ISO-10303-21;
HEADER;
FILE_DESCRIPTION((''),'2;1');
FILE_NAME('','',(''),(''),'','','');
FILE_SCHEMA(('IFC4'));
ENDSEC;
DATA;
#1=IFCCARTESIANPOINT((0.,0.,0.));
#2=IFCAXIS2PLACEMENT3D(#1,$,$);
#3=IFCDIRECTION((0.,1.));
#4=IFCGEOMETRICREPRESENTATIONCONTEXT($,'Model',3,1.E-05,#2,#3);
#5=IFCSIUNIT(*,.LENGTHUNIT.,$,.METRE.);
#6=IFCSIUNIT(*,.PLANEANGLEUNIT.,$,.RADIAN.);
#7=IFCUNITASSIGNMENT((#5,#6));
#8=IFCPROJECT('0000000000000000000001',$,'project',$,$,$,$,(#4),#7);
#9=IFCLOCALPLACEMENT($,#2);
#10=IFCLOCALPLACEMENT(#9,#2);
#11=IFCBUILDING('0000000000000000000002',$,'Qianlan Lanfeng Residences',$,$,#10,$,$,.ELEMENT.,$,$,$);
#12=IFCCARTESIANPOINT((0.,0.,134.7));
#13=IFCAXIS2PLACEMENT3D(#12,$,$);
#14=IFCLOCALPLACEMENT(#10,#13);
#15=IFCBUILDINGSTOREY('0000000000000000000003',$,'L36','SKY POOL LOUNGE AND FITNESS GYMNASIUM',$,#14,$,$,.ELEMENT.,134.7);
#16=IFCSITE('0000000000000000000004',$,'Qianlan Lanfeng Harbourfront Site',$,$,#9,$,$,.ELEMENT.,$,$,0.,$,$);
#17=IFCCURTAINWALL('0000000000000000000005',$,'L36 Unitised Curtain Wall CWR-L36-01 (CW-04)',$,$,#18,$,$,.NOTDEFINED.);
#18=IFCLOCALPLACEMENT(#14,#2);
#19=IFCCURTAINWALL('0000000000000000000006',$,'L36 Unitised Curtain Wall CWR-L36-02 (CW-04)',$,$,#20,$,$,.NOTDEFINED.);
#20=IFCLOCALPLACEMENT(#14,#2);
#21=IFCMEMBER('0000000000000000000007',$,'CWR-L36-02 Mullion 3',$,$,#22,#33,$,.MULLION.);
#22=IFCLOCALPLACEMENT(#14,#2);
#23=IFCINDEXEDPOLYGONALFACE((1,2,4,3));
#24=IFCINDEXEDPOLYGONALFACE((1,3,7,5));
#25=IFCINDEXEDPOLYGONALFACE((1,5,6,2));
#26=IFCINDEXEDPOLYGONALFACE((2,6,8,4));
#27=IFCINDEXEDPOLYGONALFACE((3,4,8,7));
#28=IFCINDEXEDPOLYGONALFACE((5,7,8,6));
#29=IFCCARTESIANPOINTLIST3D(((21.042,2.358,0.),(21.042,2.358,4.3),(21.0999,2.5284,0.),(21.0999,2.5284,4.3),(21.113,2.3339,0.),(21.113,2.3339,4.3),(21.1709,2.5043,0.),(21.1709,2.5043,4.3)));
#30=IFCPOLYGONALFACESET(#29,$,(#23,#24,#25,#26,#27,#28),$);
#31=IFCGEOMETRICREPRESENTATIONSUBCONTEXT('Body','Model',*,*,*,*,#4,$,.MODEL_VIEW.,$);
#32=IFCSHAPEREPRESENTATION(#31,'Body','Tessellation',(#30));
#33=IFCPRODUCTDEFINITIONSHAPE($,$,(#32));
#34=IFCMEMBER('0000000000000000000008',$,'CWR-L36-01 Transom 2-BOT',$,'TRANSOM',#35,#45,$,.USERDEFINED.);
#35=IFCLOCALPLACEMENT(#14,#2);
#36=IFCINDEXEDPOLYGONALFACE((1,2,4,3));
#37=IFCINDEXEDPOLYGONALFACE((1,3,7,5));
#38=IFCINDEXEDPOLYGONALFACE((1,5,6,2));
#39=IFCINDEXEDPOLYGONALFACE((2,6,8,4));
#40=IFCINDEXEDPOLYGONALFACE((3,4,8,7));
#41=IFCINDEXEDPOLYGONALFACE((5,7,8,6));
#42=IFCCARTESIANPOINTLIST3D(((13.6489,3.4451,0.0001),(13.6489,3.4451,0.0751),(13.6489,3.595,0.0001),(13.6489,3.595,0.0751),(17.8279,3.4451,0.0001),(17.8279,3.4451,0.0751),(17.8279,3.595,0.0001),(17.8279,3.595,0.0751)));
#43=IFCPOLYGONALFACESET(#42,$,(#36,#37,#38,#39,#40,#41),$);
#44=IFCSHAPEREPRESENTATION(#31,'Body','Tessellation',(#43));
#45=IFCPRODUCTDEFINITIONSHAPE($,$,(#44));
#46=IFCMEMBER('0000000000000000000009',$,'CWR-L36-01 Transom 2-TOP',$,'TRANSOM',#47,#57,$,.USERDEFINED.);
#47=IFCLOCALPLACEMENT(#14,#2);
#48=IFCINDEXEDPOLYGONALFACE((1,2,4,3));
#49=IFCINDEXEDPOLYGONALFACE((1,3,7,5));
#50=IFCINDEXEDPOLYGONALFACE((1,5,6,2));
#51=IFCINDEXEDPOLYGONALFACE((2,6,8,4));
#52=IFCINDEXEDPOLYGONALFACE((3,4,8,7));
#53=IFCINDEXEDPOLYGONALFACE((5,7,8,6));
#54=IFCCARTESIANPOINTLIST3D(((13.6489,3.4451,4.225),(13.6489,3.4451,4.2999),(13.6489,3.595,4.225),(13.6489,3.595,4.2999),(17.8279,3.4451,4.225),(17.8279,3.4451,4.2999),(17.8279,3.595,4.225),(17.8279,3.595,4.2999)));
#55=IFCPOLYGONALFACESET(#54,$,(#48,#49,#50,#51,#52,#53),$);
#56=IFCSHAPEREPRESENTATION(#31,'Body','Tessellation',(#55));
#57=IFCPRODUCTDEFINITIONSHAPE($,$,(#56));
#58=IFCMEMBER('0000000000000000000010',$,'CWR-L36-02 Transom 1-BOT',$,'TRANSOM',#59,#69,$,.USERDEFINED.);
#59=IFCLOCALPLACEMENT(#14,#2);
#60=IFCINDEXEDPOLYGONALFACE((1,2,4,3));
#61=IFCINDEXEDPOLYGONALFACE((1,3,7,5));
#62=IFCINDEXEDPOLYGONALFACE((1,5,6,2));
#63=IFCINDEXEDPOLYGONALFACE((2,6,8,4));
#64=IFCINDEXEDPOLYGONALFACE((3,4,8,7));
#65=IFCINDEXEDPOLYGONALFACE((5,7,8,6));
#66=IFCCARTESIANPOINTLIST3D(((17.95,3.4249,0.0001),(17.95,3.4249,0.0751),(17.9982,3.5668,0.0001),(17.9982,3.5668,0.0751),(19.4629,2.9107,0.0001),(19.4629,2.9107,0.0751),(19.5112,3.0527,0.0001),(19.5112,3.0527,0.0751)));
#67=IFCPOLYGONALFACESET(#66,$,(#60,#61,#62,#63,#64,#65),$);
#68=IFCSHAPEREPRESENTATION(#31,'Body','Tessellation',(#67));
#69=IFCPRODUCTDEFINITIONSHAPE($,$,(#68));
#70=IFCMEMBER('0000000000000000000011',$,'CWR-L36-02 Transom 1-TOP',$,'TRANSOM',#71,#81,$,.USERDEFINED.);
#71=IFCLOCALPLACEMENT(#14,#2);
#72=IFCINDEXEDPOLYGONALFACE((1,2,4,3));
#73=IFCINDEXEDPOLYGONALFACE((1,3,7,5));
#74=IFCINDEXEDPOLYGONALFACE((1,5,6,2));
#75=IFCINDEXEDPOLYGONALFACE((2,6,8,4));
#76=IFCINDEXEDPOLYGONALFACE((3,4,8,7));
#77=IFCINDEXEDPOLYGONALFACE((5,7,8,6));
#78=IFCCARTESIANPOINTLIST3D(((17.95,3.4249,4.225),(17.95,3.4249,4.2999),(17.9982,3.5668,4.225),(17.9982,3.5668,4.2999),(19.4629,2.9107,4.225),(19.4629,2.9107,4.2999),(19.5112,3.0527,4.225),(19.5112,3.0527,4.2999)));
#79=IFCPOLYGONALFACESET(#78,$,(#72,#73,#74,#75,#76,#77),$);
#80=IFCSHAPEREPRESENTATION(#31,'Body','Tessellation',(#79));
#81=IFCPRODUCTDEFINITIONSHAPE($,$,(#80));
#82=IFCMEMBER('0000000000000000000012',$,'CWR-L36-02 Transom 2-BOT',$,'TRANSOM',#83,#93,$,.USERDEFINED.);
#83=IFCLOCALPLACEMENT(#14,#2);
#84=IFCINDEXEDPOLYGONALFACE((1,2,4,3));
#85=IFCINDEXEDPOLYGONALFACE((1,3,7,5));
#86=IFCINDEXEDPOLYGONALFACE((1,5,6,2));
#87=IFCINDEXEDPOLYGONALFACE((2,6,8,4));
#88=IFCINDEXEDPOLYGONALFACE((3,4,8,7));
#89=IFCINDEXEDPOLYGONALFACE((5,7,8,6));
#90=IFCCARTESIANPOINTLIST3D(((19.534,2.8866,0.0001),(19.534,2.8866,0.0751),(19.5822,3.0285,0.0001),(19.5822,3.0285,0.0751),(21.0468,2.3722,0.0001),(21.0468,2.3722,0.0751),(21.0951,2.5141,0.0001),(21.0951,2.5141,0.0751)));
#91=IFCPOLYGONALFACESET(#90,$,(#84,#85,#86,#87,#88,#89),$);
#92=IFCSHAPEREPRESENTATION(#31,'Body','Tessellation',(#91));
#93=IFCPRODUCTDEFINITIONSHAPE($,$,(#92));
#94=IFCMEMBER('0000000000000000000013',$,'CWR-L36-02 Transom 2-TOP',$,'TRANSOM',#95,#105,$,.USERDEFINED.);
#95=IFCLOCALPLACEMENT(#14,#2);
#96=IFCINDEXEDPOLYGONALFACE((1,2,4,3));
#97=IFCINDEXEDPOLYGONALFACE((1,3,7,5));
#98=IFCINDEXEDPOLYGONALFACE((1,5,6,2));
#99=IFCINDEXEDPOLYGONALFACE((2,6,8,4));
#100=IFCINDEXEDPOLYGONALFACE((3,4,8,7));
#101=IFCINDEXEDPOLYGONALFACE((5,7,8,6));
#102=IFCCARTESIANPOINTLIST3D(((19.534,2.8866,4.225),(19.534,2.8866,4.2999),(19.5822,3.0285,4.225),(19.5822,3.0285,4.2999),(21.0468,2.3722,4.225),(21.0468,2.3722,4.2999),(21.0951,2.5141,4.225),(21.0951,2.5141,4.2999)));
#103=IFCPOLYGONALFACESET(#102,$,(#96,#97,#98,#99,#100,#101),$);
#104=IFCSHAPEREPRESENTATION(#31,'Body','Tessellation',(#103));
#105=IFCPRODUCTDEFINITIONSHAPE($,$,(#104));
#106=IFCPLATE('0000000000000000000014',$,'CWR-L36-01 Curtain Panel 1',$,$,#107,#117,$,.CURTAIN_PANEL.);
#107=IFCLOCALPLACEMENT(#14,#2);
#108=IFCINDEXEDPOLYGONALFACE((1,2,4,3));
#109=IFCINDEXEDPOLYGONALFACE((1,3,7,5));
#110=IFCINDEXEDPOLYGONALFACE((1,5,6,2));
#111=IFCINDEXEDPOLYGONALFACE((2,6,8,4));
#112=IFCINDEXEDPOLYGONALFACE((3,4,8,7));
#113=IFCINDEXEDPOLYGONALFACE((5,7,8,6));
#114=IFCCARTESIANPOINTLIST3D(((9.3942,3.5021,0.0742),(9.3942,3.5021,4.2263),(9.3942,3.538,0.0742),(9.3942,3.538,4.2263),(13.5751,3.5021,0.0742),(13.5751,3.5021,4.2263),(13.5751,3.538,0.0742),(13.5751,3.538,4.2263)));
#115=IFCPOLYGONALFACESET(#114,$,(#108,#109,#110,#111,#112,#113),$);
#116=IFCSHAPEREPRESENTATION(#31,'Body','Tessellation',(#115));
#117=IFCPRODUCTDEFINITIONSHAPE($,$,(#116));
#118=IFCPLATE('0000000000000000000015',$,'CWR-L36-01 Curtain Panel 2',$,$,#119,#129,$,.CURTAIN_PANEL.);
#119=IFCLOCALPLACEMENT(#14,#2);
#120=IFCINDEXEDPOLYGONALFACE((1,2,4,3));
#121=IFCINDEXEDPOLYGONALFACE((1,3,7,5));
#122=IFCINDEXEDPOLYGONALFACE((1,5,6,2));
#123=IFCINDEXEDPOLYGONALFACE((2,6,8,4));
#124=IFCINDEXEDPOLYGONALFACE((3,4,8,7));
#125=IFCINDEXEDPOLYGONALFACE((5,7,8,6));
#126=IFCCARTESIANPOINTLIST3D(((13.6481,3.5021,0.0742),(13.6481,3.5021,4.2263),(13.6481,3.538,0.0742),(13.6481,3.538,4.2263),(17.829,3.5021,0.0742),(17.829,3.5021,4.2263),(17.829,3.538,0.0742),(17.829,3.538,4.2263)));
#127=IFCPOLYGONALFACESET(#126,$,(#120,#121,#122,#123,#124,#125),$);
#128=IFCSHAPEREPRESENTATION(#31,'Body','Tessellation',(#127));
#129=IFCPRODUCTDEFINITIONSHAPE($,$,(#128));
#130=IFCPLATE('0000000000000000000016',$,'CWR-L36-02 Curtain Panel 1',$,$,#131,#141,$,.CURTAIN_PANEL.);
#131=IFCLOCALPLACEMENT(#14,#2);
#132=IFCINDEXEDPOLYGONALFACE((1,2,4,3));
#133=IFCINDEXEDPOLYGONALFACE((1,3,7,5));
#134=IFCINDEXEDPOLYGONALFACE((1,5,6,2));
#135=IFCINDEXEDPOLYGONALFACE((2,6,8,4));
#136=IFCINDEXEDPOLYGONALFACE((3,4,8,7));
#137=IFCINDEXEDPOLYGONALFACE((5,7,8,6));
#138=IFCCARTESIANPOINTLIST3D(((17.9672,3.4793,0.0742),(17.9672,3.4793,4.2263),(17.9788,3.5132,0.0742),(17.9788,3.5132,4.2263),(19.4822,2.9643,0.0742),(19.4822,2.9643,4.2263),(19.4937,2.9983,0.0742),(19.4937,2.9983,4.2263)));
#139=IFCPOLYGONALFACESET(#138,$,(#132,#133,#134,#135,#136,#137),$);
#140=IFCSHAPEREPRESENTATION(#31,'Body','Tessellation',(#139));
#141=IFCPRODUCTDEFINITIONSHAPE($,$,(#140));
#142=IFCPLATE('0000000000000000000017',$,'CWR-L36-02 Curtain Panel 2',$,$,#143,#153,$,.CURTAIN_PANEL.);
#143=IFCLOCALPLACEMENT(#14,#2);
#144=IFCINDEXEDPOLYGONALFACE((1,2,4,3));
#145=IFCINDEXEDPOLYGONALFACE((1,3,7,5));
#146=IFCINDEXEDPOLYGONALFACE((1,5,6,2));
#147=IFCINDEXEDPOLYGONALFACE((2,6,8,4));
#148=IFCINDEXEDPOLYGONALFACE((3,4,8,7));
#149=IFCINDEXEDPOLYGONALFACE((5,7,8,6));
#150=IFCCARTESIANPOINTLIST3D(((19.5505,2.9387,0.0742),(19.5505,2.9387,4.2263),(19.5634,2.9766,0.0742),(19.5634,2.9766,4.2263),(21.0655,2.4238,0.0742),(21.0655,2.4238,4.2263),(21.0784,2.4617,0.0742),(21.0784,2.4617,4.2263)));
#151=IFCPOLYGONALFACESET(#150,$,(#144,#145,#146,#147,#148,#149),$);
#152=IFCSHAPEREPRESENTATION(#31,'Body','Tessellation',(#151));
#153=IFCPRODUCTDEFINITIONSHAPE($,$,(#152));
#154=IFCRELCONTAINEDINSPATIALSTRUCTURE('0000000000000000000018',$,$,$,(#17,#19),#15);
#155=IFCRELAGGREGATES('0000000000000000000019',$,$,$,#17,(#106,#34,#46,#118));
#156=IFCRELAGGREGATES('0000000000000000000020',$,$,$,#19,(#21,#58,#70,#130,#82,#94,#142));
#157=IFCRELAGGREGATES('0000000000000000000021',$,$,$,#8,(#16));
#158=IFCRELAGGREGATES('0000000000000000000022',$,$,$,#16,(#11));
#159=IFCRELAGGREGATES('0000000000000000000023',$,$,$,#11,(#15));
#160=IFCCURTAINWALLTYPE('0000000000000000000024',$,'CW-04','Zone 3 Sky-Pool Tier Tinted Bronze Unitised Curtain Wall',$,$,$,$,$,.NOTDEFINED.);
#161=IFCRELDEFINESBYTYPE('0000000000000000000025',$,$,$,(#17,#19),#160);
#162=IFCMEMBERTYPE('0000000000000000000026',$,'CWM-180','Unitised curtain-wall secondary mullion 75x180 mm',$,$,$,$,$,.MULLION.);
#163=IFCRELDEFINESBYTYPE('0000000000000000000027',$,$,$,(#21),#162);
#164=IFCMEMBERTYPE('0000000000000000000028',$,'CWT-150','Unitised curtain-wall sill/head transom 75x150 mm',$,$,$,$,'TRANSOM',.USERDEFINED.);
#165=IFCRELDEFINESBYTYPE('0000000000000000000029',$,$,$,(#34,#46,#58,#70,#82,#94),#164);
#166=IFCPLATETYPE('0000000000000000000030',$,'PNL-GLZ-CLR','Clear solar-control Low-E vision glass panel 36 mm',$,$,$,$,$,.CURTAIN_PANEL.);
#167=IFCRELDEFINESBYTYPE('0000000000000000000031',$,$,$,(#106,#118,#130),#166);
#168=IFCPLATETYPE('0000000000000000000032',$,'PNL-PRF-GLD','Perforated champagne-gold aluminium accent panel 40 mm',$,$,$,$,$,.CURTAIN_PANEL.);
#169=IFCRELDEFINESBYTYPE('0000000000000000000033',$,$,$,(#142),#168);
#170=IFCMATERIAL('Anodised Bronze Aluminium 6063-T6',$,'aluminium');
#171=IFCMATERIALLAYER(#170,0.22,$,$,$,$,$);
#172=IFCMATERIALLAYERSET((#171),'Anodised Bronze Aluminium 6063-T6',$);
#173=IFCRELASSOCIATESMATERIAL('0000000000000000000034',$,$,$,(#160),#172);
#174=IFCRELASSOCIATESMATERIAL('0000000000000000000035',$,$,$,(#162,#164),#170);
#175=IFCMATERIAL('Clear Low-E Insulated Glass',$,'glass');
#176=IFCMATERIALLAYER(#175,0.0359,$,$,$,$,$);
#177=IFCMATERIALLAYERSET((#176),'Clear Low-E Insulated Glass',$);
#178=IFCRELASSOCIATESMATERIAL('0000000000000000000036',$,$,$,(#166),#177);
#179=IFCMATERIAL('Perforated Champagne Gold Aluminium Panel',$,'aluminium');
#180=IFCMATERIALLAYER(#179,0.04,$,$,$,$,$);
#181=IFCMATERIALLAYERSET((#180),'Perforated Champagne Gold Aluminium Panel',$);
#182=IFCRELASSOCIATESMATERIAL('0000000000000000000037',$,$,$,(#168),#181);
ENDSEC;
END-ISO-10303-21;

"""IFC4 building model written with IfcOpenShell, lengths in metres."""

from ifc_helpers import new_model, si_unit, direction, frame, origin, origin_2d, place, context, subcontext, project, spatial, rectangle, extrude, source, transform, mapped, material, layer, layer_set, material_profile, profile_set, type_object, element, aggregate, save


model = new_model("IFC4")

# Units and contexts
model_context = context("Model", 3, precision=1e-05, world=origin(), true_north=direction((0.0, 1.0)))
body_context = subcontext(model_context, "Body", "Model", "MODEL_VIEW")
ifc_project = project(units=[si_unit("LENGTHUNIT", "METRE"), si_unit("PLANEANGLEUNIT", "RADIAN")], contexts=[model_context])

# Site, building, storey
site_placement = place(None, origin())
site = spatial("IfcSite", under=ifc_project, at=site_placement, Name="Qianlan Lanfeng Harbourfront Site", CompositionType="ELEMENT", RefElevation=0.0)
building_placement = place(site_placement, origin())
building = spatial("IfcBuilding", under=site, at=building_placement, Name="Qianlan Lanfeng Residences", CompositionType="ELEMENT")
storey_placement = place(building_placement, frame((0.0, 0.0, 134.7)))
storey = spatial("IfcBuildingStorey", under=building, at=storey_placement, Name="L36", Description="SKY POOL LOUNGE AND FITNESS GYMNASIUM", CompositionType="ELEMENT", Elevation=134.7)

# Curtain walls, member
ifc_material_1 = material(Name="Anodised Bronze Aluminium 6063-T6", Category="aluminium")
ifc_layer_1 = layer(ifc_material_1, 0.22)
ifc_layer_set_1 = layer_set([ifc_layer_1], Name="Anodised Bronze Aluminium 6063-T6")
curtain_wall_type = type_object("IfcCurtainWallType", Name="CW-04", Description="Zone 3 Sky-Pool Tier Tinted Bronze Unitised Curtain Wall", PredefinedType="NOTDEFINED", material=ifc_layer_set_1)
curtain_wall_1_placement = place(storey_placement, origin())
curtain_wall_1 = element("IfcCurtainWall", 1, at=curtain_wall_1_placement, inside=storey, type_object=curtain_wall_type, Name="L36 Unitised Curtain Wall CWR-L36-01 (CW-04)", PredefinedType="NOTDEFINED")
ifc_material_profile_1 = material_profile(ifc_material_1, rectangle(XDim=0.075, YDim=0.1799, at=origin_2d()), Name="ALU MULLION 75x180")
ifc_profile_set_1 = profile_set([ifc_material_profile_1], Name="Anodised Bronze Aluminium 6063-T6")
member_type_1 = type_object("IfcMemberType", Name="CWM-180", Description="Unitised curtain-wall secondary mullion 75x180 mm", PredefinedType="MULLION", material=ifc_profile_set_1)
shared_shape_1 = source(origin(), body_context, "Body", "SweptSolid", [
    extrude(rectangle(XDim=0.075, YDim=0.1799, at=origin_2d()), origin(), (0.0, 0.0, 1.0), 4.3),
])
curtain_wall_2_placement = place(storey_placement, origin())
curtain_wall_2 = element("IfcCurtainWall", 2, at=curtain_wall_2_placement, inside=storey, type_object=curtain_wall_type, Name="L36 Unitised Curtain Wall CWR-L36-02 (CW-04)", PredefinedType="NOTDEFINED")
member_1_placement = place(storey_placement, frame((21.1064, 2.4312, 0.0), z_axis=(0.0, 0.0, 1.0), x_axis=(0.946796, -0.321834, 0.0)))
member_1 = element("IfcMember", 3, at=member_1_placement, type_object=member_type_1, Name="CWR-L36-02 Mullion 3", PredefinedType="MULLION", context=body_context, shape_type="MappedRepresentation", body=[
    mapped(shared_shape_1, transform((0.0, 0.0, 0.0), scale=1.0)),
])

# Members
ifc_material_profile_2 = material_profile(ifc_material_1, rectangle(XDim=0.075, YDim=0.1499, at=origin_2d()), Name="ALU TRANSOM 75x150")
ifc_profile_set_2 = profile_set([ifc_material_profile_2], Name="Anodised Bronze Aluminium 6063-T6")
member_type_2 = type_object("IfcMemberType", Name="CWT-150", Description="Unitised curtain-wall sill/head transom 75x150 mm", ElementType="TRANSOM", PredefinedType="USERDEFINED", material=ifc_profile_set_2)
shared_shape_2 = source(origin(), body_context, "Body", "SweptSolid", [
    extrude(rectangle(XDim=0.075, YDim=0.1499, at=origin_2d()), origin(), (0.0, 0.0, 1.0), 4.179),
])
member_2_placement = place(storey_placement, frame((13.6489, 3.52, 0.0376), z_axis=(1.0, 0.0, 0.0), x_axis=(0.0, 0.0, 1.0)))
member_2 = element("IfcMember", 4, at=member_2_placement, type_object=member_type_2, Name="CWR-L36-01 Transom 2-BOT", ObjectType="TRANSOM", PredefinedType="USERDEFINED", context=body_context, shape_type="MappedRepresentation", body=[
    mapped(shared_shape_2, transform((0.0, 0.0, 0.0), scale=1.0)),
])
member_3_placement = place(storey_placement, frame((13.6489, 3.52, 4.2625), z_axis=(1.0, 0.0, 0.0), x_axis=(0.0, 0.0, 1.0)))
member_3 = element("IfcMember", 5, at=member_3_placement, type_object=member_type_2, Name="CWR-L36-01 Transom 2-TOP", ObjectType="TRANSOM", PredefinedType="USERDEFINED", context=body_context, shape_type="MappedRepresentation", body=[
    mapped(shared_shape_2, transform((0.0, 0.0, 0.0), scale=1.0)),
])
shared_shape_3 = source(origin(), body_context, "Body", "SweptSolid", [
    extrude(rectangle(XDim=0.075, YDim=0.1499, at=origin_2d()), origin(), (0.0, 0.0, 1.0), 1.5979),
])
member_4_placement = place(storey_placement, frame((17.9741, 3.4958, 0.0376), z_axis=(0.946818, -0.321769, 0.0), x_axis=(0.0, 0.0, 1.0)))
member_4 = element("IfcMember", 6, at=member_4_placement, type_object=member_type_2, Name="CWR-L36-02 Transom 1-BOT", ObjectType="TRANSOM", PredefinedType="USERDEFINED", context=body_context, shape_type="MappedRepresentation", body=[
    mapped(shared_shape_3, transform((0.0, 0.0, 0.0), scale=1.0)),
])
member_5_placement = place(storey_placement, frame((17.9741, 3.4958, 4.2625), z_axis=(0.946818, -0.321769, 0.0), x_axis=(0.0, 0.0, 1.0)))
member_5 = element("IfcMember", 7, at=member_5_placement, type_object=member_type_2, Name="CWR-L36-02 Transom 1-TOP", ObjectType="TRANSOM", PredefinedType="USERDEFINED", context=body_context, shape_type="MappedRepresentation", body=[
    mapped(shared_shape_3, transform((0.0, 0.0, 0.0), scale=1.0)),
])
member_6_placement = place(storey_placement, frame((19.5581, 2.9575, 0.0376), z_axis=(0.946772, -0.321905, 0.0), x_axis=(0.0, 0.0, 1.0)))
member_6 = element("IfcMember", 8, at=member_6_placement, type_object=member_type_2, Name="CWR-L36-02 Transom 2-BOT", ObjectType="TRANSOM", PredefinedType="USERDEFINED", context=body_context, shape_type="MappedRepresentation", body=[
    mapped(shared_shape_3, transform((0.0, 0.0, 0.0), scale=1.0)),
])
member_7_placement = place(storey_placement, frame((19.5581, 2.9575, 4.2625), z_axis=(0.946772, -0.321905, 0.0), x_axis=(0.0, 0.0, 1.0)))
member_7 = element("IfcMember", 9, at=member_7_placement, type_object=member_type_2, Name="CWR-L36-02 Transom 2-TOP", ObjectType="TRANSOM", PredefinedType="USERDEFINED", context=body_context, shape_type="MappedRepresentation", body=[
    mapped(shared_shape_3, transform((0.0, 0.0, 0.0), scale=1.0)),
])

# Plates
ifc_material_2 = material(Name="Clear Low-E Insulated Glass", Category="glass")
ifc_layer_2 = layer(ifc_material_2, 0.0359)
ifc_layer_set_2 = layer_set([ifc_layer_2], Name="Clear Low-E Insulated Glass")
plate_type_1 = type_object("IfcPlateType", Name="PNL-GLZ-CLR", Description="Clear solar-control Low-E vision glass panel 36 mm", PredefinedType="CURTAIN_PANEL", material=ifc_layer_set_2)
shared_shape_4 = source(origin(), body_context, "Body", "SweptSolid", [
    extrude(rectangle(XDim=4.1809, YDim=0.0359, at=origin_2d()), origin(), (0.0, 0.0, 1.0), 4.1521),
])
plate_1_placement = place(storey_placement, frame((11.4846, 3.52, 0.0742), z_axis=(0.0, 0.0, 1.0), x_axis=(1.0, 0.0, 0.0)))
plate_1 = element("IfcPlate", 10, at=plate_1_placement, type_object=plate_type_1, Name="CWR-L36-01 Curtain Panel 1", PredefinedType="CURTAIN_PANEL", context=body_context, shape_type="MappedRepresentation", body=[
    mapped(shared_shape_4, transform((0.0, 0.0, 0.0), scale=1.0)),
])
plate_2_placement = place(storey_placement, frame((15.7385, 3.52, 0.0742), z_axis=(0.0, 0.0, 1.0), x_axis=(1.0, 0.0, 0.0)))
plate_2 = element("IfcPlate", 11, at=plate_2_placement, type_object=plate_type_1, Name="CWR-L36-01 Curtain Panel 2", PredefinedType="CURTAIN_PANEL", context=body_context, shape_type="MappedRepresentation", body=[
    mapped(shared_shape_4, transform((0.0, 0.0, 0.0), scale=1.0)),
])
aggregate(curtain_wall_1, [plate_1, member_2, member_3, plate_2])
shared_shape_5 = source(origin(), body_context, "Body", "SweptSolid", [
    extrude(rectangle(XDim=1.6001, YDim=0.0359, at=origin_2d()), origin(), (0.0, 0.0, 1.0), 4.1521),
])
plate_3_placement = place(storey_placement, frame((18.7305, 3.2388, 0.0742), z_axis=(0.0, 0.0, 1.0), x_axis=(0.946796, -0.321834, 0.0)))
plate_3 = element("IfcPlate", 12, at=plate_3_placement, type_object=plate_type_1, Name="CWR-L36-02 Curtain Panel 1", PredefinedType="CURTAIN_PANEL", context=body_context, shape_type="MappedRepresentation", body=[
    mapped(shared_shape_5, transform((0.0, 0.0, 0.0), scale=1.0)),
])
ifc_material_3 = material(Name="Perforated Champagne Gold Aluminium Panel", Category="aluminium")
ifc_layer_3 = layer(ifc_material_3, 0.04)
ifc_layer_set_3 = layer_set([ifc_layer_3], Name="Perforated Champagne Gold Aluminium Panel")
plate_type_2 = type_object("IfcPlateType", Name="PNL-PRF-GLD", Description="Perforated champagne-gold aluminium accent panel 40 mm", PredefinedType="CURTAIN_PANEL", material=ifc_layer_set_3)
shared_shape_6 = source(origin(), body_context, "Body", "SweptSolid", [
    extrude(rectangle(XDim=1.6001, YDim=0.04, at=origin_2d()), origin(), (0.0, 0.0, 1.0), 4.1521),
])
plate_4_placement = place(storey_placement, frame((20.3145, 2.7002, 0.0742), z_axis=(0.0, 0.0, 1.0), x_axis=(0.946796, -0.321834, 0.0)))
plate_4 = element("IfcPlate", 13, at=plate_4_placement, type_object=plate_type_2, Name="CWR-L36-02 Curtain Panel 2", PredefinedType="CURTAIN_PANEL", context=body_context, shape_type="MappedRepresentation", body=[
    mapped(shared_shape_6, transform((0.0, 0.0, 0.0), scale=1.0)),
])
aggregate(curtain_wall_2, [member_1, member_4, member_5, plate_3, member_6, member_7, plate_4])

save(model, "model.ifc")
